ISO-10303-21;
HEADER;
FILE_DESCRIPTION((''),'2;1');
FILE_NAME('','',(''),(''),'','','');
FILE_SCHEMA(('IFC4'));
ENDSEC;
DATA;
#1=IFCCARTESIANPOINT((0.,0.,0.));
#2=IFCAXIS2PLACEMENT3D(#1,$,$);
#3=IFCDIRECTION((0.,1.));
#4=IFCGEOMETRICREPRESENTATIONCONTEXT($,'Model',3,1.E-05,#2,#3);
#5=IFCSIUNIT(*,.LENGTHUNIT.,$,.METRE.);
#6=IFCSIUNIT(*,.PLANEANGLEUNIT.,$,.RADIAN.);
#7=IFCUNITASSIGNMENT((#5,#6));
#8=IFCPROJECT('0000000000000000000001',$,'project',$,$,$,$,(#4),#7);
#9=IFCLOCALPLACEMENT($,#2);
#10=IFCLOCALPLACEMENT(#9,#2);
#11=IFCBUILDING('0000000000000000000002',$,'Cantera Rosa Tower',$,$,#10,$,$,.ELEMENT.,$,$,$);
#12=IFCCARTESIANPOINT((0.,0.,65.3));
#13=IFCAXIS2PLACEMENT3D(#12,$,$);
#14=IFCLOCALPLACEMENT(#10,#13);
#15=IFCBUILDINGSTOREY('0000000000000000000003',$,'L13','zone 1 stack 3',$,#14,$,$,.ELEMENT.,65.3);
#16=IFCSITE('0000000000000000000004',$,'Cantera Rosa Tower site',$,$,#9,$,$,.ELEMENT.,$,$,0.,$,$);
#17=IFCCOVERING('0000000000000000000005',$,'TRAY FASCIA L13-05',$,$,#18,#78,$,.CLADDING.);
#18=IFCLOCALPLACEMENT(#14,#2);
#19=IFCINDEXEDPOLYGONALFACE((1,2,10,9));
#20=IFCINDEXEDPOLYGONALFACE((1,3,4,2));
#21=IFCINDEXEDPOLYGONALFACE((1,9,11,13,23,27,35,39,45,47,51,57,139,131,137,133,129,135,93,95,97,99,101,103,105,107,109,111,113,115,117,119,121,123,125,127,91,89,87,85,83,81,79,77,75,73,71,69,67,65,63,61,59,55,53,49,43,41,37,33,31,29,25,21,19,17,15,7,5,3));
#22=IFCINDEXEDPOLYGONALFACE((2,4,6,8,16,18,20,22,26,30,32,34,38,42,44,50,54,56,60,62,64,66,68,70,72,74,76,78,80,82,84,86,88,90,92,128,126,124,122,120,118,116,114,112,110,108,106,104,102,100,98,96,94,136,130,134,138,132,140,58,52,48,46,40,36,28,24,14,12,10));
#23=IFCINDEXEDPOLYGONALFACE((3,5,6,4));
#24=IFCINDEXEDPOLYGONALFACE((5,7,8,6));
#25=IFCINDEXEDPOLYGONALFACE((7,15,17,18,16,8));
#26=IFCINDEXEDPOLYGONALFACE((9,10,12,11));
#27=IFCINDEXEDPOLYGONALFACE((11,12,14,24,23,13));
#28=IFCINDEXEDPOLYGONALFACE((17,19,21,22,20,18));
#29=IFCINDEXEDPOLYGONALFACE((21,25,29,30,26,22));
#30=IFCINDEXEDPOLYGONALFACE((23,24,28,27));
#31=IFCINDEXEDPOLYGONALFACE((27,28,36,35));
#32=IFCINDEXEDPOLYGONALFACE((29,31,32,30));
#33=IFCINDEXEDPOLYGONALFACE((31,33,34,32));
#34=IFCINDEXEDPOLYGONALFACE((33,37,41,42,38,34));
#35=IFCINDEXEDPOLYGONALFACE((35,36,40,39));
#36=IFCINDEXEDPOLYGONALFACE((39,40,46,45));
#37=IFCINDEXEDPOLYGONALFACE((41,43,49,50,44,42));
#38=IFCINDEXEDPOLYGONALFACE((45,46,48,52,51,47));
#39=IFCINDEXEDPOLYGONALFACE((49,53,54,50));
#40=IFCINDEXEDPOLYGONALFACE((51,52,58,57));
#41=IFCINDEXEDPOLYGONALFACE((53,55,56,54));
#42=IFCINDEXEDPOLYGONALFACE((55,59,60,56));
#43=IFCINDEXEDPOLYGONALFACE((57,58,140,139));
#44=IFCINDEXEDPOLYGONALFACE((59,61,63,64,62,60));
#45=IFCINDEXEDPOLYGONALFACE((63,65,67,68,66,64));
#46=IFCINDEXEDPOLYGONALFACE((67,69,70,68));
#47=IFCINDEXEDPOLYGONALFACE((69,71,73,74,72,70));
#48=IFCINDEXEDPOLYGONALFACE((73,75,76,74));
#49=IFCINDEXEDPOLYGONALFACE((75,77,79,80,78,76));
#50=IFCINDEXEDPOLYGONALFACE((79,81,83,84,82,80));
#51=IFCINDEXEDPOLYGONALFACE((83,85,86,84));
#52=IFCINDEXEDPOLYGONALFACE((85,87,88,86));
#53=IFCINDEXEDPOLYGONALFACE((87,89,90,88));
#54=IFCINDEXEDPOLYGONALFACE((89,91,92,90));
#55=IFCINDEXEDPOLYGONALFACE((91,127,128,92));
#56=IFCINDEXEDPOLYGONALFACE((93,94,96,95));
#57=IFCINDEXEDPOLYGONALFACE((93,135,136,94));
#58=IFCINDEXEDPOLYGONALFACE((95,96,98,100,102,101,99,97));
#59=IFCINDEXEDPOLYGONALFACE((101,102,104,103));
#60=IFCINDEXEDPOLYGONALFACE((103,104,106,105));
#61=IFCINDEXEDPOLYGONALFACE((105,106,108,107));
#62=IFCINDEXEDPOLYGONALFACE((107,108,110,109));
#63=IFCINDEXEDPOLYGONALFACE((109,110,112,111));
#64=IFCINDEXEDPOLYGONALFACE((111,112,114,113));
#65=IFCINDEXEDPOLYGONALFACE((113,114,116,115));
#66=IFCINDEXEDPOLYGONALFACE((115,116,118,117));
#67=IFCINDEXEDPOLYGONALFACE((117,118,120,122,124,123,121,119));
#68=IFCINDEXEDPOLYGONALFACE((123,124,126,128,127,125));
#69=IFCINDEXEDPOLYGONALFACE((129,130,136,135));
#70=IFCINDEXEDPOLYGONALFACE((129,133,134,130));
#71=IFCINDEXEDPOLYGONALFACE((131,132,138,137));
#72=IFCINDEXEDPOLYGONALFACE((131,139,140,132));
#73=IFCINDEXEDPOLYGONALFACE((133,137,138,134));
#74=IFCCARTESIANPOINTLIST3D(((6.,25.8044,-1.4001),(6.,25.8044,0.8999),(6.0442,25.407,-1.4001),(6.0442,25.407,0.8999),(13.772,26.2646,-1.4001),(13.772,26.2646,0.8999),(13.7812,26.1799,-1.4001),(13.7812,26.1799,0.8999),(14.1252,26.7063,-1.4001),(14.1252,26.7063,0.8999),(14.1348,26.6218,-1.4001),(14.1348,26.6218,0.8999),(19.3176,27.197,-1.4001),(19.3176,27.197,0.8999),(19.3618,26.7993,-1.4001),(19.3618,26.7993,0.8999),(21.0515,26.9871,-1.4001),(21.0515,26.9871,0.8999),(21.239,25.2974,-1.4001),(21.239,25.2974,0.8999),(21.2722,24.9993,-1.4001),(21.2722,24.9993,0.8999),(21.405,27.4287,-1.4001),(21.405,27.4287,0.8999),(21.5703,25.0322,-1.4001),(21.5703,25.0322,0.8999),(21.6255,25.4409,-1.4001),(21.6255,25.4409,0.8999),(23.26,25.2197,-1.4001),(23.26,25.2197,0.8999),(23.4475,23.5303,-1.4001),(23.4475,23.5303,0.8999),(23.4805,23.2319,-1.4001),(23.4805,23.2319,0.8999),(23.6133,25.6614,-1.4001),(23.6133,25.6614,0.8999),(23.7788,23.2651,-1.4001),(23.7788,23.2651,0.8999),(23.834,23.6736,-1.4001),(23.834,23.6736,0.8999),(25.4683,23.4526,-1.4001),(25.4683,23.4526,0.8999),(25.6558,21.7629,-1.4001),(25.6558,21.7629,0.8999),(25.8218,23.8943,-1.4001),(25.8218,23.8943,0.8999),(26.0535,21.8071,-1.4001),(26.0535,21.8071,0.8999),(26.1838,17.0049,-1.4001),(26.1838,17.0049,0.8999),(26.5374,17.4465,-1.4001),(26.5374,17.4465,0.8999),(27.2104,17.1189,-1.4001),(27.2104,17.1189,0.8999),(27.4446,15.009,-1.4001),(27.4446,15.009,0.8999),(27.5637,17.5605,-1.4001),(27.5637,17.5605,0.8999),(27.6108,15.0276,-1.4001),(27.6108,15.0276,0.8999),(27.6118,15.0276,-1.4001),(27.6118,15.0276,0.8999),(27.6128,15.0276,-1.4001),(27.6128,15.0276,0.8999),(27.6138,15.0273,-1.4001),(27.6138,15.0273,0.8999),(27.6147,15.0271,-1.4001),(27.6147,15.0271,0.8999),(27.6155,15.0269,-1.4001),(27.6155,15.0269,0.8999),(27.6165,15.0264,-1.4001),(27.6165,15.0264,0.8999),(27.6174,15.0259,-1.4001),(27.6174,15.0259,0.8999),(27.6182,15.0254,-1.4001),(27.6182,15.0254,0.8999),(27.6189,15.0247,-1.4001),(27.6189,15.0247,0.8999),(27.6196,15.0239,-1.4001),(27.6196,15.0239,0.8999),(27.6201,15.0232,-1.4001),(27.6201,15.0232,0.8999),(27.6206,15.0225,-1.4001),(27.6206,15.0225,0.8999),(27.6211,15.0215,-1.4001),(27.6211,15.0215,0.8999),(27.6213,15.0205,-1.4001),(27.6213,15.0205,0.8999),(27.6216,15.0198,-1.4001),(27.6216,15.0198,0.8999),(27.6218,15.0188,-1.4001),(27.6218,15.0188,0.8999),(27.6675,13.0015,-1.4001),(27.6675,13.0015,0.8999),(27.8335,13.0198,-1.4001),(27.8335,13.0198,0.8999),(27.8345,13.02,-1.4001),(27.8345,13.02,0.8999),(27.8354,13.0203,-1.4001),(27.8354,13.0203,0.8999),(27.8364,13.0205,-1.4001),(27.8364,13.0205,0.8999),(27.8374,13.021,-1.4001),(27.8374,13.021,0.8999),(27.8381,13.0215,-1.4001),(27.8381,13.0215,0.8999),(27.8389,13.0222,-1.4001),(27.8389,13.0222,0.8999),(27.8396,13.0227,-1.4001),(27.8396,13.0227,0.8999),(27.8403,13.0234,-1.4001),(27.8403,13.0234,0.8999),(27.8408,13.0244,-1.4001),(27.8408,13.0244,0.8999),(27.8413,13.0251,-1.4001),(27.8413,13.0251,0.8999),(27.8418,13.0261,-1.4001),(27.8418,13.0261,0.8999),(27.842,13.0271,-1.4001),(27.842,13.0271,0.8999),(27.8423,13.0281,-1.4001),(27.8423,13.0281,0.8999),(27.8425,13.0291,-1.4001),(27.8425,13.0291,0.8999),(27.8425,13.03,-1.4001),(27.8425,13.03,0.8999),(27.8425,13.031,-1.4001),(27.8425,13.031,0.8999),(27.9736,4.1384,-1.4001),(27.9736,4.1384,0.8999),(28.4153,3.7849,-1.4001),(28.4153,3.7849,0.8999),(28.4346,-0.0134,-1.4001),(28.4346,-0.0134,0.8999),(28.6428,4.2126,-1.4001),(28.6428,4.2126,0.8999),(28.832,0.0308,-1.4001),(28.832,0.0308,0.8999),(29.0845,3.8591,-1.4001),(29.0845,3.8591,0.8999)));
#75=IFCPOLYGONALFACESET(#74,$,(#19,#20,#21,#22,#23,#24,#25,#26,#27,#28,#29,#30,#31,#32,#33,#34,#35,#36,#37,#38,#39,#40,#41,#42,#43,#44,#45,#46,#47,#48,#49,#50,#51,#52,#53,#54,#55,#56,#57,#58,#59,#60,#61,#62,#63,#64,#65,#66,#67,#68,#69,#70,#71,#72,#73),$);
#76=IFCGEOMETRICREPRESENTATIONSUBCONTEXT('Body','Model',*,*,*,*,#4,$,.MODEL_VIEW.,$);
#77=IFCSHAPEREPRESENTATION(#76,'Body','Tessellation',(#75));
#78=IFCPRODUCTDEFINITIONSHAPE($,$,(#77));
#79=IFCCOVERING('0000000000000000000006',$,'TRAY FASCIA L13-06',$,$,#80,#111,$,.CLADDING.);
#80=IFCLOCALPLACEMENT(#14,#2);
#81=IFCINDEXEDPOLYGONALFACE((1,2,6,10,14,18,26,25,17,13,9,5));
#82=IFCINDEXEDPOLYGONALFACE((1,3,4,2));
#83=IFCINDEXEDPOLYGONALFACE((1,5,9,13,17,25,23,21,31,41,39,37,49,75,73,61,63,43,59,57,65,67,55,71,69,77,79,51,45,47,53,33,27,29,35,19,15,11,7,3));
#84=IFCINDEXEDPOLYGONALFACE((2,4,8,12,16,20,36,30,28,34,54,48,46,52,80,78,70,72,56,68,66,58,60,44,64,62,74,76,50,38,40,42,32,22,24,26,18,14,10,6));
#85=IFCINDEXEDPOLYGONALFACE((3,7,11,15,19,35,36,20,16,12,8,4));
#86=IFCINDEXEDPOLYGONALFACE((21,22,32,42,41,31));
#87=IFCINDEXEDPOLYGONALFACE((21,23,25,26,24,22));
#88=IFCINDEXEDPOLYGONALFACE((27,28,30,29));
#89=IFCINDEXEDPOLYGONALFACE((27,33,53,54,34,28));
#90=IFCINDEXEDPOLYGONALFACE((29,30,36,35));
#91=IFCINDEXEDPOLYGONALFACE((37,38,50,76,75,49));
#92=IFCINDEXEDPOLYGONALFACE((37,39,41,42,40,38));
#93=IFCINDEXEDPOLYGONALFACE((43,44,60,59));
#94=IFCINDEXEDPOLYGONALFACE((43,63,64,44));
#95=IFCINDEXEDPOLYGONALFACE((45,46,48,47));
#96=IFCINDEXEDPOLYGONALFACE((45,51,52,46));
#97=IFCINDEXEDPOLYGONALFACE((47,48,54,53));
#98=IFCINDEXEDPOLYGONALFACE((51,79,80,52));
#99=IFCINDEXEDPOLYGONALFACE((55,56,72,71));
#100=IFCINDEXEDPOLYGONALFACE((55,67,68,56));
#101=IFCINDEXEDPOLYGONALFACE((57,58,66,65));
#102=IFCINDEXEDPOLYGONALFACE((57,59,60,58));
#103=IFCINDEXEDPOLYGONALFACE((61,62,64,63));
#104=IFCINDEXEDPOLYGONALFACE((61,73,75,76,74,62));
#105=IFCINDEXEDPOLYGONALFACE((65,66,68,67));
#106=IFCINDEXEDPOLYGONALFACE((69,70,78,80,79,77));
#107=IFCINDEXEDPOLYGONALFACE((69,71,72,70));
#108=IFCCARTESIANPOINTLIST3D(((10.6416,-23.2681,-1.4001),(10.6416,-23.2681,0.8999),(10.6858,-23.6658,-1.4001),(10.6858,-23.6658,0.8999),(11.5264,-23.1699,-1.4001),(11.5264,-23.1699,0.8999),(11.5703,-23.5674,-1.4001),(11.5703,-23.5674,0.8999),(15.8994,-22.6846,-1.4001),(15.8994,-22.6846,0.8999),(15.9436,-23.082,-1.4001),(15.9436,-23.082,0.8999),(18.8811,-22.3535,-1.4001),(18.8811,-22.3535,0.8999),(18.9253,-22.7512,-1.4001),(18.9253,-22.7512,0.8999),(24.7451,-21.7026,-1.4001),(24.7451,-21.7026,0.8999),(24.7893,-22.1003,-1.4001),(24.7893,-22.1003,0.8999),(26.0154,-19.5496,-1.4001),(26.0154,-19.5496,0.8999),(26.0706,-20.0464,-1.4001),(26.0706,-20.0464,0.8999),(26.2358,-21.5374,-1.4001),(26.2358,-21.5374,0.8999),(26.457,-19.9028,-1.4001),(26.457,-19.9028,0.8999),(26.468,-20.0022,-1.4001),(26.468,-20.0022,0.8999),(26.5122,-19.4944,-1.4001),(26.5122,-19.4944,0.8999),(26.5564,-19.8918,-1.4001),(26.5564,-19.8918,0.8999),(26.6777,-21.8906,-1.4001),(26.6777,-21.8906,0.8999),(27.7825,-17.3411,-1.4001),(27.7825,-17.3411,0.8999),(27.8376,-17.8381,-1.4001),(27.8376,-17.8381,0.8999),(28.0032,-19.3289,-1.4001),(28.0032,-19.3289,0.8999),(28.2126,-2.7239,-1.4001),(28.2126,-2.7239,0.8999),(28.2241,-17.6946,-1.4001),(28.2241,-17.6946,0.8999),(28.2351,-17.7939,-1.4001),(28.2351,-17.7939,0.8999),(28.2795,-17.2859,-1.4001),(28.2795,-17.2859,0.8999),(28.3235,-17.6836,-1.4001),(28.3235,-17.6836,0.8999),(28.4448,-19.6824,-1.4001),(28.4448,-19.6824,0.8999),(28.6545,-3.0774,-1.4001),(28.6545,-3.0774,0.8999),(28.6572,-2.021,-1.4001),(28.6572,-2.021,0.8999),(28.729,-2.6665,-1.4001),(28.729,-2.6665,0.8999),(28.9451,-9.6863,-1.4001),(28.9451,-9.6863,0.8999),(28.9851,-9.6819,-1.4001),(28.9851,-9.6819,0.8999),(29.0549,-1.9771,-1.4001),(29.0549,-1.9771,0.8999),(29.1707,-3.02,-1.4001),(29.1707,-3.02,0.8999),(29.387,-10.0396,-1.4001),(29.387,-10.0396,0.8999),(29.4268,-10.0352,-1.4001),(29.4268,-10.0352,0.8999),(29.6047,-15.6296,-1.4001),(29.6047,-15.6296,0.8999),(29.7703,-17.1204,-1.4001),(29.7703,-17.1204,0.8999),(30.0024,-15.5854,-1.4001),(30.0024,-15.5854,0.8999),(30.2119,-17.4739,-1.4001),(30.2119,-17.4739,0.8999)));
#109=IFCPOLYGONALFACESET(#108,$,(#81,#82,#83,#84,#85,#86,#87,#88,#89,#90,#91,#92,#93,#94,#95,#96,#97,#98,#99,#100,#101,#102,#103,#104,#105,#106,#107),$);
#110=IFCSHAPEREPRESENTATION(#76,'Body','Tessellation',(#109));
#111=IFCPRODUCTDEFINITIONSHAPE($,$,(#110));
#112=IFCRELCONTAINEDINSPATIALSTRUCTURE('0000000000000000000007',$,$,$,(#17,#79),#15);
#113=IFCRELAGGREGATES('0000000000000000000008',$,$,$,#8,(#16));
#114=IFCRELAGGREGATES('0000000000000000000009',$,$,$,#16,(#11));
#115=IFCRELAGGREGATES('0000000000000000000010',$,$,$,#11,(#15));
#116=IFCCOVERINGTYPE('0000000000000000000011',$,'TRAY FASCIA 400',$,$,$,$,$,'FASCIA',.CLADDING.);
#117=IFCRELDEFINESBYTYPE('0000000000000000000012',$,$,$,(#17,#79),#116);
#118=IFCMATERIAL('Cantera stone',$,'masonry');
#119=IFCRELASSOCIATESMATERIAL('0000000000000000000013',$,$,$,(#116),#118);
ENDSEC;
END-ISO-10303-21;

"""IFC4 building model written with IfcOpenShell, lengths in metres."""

from ifc_helpers import new_model, si_unit, direction, frame, origin, place, context, subcontext, project, spatial, polyline, outline, extrude, material, type_object, element, save


model = new_model("IFC4")

# Units and contexts
model_context = context("Model", 3, precision=1e-05, world=origin(), true_north=direction((0.0, 1.0)))
body_context = subcontext(model_context, "Body", "Model", "MODEL_VIEW")
ifc_project = project(units=[si_unit("LENGTHUNIT", "METRE"), si_unit("PLANEANGLEUNIT", "RADIAN")], contexts=[model_context])

# Site, building, storey
site_placement = place(None, origin())
site = spatial("IfcSite", under=ifc_project, at=site_placement, Name="Cantera Rosa Tower site", CompositionType="ELEMENT", RefElevation=0.0)
building_placement = place(site_placement, origin())
building = spatial("IfcBuilding", under=site, at=building_placement, Name="Cantera Rosa Tower", CompositionType="ELEMENT")
storey_placement = place(building_placement, frame((0.0, 0.0, 65.3)))
storey = spatial("IfcBuildingStorey", under=building, at=storey_placement, Name="L13", Description="zone 1 stack 3", CompositionType="ELEMENT", Elevation=65.3)

# Coverings
ifc_material_1 = material(Name="Cantera stone", Category="masonry")
covering_type_1 = type_object("IfcCoveringType", Name="TRAY FASCIA 400", ElementType="FASCIA", PredefinedType="CLADDING", material=ifc_material_1)
covering_1_placement = place(storey_placement, frame((0.0, 0.0, -1.4001)))
element("IfcCovering", 1, at=covering_1_placement, inside=storey, type_object=covering_type_1, Name="TRAY FASCIA L13-05", PredefinedType="CLADDING", context=body_context, shape_type="SweptSolid", body=[
    extrude(outline(polyline([(14.1252, 26.7063), (14.1348, 26.6218), (19.3176, 27.197), (21.405, 27.4287), (21.6255, 25.4409), (23.6133, 25.6614), (23.834, 23.6736), (25.8218, 23.8943), (26.0535, 21.8071), (26.5374, 17.4465), (27.5637, 17.5605), (29.0845, 3.8591), (28.4153, 3.7849), (28.832, 0.0308), (28.4346, -0.0134), (27.9736, 4.1384), (28.6428, 4.2126), (27.6675, 13.0015), (27.8335, 13.0198), (27.8345, 13.02), (27.8354, 13.0203), (27.8364, 13.0205), (27.8374, 13.021), (27.8381, 13.0215), (27.8389, 13.0222), (27.8396, 13.0227), (27.8403, 13.0234), (27.8408, 13.0244), (27.8413, 13.0251), (27.8418, 13.0261), (27.842, 13.0271), (27.8423, 13.0281), (27.8425, 13.0291), (27.8425, 13.03), (27.8425, 13.031), (27.6218, 15.0188), (27.6216, 15.0198), (27.6213, 15.0205), (27.6211, 15.0215), (27.6206, 15.0225), (27.6201, 15.0232), (27.6196, 15.0239), (27.6189, 15.0247), (27.6182, 15.0254), (27.6174, 15.0259), (27.6165, 15.0264), (27.6155, 15.0269), (27.6147, 15.0271), (27.6138, 15.0273), (27.6128, 15.0276), (27.6118, 15.0276), (27.6108, 15.0276), (27.4446, 15.009), (27.2104, 17.1189), (26.1838, 17.0049), (25.6558, 21.7629), (25.4683, 23.4526), (23.7788, 23.2651), (23.4805, 23.2319), (23.4475, 23.5303), (23.26, 25.2197), (21.5703, 25.0322), (21.2722, 24.9993), (21.239, 25.2974), (21.0515, 26.9871), (19.3618, 26.7993), (13.7812, 26.1799), (13.772, 26.2646), (6.0442, 25.407), (6.0, 25.8044), (14.1252, 26.7063)])), origin(), (0.0, 0.0, 1.0), 2.3),
])
covering_2_placement = place(storey_placement, frame((0.0, 0.0, -1.4001)))
element("IfcCovering", 2, at=covering_2_placement, inside=storey, type_object=covering_type_1, Name="TRAY FASCIA L13-06", PredefinedType="CLADDING", context=body_context, shape_type="SweptSolid", body=[
    extrude(outline(polyline([(29.1707, -3.02), (28.6545, -3.0774), (29.4268, -10.0352), (29.387, -10.0396), (30.0024, -15.5854), (30.2119, -17.4739), (28.3235, -17.6836), (28.2241, -17.6946), (28.2351, -17.7939), (28.4448, -19.6824), (26.5564, -19.8918), (26.457, -19.9028), (26.468, -20.0022), (26.6777, -21.8906), (24.7893, -22.1003), (18.9253, -22.7512), (15.9436, -23.082), (11.5703, -23.5674), (10.6858, -23.6658), (10.6416, -23.2681), (11.5264, -23.1699), (15.8994, -22.6846), (18.8811, -22.3535), (24.7451, -21.7026), (26.2358, -21.5374), (26.0706, -20.0464), (26.0154, -19.5496), (26.5122, -19.4944), (28.0032, -19.3289), (27.8376, -17.8381), (27.7825, -17.3411), (28.2795, -17.2859), (29.7703, -17.1204), (29.6047, -15.6296), (28.9451, -9.6863), (28.9851, -9.6819), (28.2126, -2.7239), (28.729, -2.6665), (28.6572, -2.021), (29.0549, -1.9771), (29.1707, -3.02)])), origin(), (0.0, 0.0, 1.0), 2.3),
])

save(model, "model.ifc")
